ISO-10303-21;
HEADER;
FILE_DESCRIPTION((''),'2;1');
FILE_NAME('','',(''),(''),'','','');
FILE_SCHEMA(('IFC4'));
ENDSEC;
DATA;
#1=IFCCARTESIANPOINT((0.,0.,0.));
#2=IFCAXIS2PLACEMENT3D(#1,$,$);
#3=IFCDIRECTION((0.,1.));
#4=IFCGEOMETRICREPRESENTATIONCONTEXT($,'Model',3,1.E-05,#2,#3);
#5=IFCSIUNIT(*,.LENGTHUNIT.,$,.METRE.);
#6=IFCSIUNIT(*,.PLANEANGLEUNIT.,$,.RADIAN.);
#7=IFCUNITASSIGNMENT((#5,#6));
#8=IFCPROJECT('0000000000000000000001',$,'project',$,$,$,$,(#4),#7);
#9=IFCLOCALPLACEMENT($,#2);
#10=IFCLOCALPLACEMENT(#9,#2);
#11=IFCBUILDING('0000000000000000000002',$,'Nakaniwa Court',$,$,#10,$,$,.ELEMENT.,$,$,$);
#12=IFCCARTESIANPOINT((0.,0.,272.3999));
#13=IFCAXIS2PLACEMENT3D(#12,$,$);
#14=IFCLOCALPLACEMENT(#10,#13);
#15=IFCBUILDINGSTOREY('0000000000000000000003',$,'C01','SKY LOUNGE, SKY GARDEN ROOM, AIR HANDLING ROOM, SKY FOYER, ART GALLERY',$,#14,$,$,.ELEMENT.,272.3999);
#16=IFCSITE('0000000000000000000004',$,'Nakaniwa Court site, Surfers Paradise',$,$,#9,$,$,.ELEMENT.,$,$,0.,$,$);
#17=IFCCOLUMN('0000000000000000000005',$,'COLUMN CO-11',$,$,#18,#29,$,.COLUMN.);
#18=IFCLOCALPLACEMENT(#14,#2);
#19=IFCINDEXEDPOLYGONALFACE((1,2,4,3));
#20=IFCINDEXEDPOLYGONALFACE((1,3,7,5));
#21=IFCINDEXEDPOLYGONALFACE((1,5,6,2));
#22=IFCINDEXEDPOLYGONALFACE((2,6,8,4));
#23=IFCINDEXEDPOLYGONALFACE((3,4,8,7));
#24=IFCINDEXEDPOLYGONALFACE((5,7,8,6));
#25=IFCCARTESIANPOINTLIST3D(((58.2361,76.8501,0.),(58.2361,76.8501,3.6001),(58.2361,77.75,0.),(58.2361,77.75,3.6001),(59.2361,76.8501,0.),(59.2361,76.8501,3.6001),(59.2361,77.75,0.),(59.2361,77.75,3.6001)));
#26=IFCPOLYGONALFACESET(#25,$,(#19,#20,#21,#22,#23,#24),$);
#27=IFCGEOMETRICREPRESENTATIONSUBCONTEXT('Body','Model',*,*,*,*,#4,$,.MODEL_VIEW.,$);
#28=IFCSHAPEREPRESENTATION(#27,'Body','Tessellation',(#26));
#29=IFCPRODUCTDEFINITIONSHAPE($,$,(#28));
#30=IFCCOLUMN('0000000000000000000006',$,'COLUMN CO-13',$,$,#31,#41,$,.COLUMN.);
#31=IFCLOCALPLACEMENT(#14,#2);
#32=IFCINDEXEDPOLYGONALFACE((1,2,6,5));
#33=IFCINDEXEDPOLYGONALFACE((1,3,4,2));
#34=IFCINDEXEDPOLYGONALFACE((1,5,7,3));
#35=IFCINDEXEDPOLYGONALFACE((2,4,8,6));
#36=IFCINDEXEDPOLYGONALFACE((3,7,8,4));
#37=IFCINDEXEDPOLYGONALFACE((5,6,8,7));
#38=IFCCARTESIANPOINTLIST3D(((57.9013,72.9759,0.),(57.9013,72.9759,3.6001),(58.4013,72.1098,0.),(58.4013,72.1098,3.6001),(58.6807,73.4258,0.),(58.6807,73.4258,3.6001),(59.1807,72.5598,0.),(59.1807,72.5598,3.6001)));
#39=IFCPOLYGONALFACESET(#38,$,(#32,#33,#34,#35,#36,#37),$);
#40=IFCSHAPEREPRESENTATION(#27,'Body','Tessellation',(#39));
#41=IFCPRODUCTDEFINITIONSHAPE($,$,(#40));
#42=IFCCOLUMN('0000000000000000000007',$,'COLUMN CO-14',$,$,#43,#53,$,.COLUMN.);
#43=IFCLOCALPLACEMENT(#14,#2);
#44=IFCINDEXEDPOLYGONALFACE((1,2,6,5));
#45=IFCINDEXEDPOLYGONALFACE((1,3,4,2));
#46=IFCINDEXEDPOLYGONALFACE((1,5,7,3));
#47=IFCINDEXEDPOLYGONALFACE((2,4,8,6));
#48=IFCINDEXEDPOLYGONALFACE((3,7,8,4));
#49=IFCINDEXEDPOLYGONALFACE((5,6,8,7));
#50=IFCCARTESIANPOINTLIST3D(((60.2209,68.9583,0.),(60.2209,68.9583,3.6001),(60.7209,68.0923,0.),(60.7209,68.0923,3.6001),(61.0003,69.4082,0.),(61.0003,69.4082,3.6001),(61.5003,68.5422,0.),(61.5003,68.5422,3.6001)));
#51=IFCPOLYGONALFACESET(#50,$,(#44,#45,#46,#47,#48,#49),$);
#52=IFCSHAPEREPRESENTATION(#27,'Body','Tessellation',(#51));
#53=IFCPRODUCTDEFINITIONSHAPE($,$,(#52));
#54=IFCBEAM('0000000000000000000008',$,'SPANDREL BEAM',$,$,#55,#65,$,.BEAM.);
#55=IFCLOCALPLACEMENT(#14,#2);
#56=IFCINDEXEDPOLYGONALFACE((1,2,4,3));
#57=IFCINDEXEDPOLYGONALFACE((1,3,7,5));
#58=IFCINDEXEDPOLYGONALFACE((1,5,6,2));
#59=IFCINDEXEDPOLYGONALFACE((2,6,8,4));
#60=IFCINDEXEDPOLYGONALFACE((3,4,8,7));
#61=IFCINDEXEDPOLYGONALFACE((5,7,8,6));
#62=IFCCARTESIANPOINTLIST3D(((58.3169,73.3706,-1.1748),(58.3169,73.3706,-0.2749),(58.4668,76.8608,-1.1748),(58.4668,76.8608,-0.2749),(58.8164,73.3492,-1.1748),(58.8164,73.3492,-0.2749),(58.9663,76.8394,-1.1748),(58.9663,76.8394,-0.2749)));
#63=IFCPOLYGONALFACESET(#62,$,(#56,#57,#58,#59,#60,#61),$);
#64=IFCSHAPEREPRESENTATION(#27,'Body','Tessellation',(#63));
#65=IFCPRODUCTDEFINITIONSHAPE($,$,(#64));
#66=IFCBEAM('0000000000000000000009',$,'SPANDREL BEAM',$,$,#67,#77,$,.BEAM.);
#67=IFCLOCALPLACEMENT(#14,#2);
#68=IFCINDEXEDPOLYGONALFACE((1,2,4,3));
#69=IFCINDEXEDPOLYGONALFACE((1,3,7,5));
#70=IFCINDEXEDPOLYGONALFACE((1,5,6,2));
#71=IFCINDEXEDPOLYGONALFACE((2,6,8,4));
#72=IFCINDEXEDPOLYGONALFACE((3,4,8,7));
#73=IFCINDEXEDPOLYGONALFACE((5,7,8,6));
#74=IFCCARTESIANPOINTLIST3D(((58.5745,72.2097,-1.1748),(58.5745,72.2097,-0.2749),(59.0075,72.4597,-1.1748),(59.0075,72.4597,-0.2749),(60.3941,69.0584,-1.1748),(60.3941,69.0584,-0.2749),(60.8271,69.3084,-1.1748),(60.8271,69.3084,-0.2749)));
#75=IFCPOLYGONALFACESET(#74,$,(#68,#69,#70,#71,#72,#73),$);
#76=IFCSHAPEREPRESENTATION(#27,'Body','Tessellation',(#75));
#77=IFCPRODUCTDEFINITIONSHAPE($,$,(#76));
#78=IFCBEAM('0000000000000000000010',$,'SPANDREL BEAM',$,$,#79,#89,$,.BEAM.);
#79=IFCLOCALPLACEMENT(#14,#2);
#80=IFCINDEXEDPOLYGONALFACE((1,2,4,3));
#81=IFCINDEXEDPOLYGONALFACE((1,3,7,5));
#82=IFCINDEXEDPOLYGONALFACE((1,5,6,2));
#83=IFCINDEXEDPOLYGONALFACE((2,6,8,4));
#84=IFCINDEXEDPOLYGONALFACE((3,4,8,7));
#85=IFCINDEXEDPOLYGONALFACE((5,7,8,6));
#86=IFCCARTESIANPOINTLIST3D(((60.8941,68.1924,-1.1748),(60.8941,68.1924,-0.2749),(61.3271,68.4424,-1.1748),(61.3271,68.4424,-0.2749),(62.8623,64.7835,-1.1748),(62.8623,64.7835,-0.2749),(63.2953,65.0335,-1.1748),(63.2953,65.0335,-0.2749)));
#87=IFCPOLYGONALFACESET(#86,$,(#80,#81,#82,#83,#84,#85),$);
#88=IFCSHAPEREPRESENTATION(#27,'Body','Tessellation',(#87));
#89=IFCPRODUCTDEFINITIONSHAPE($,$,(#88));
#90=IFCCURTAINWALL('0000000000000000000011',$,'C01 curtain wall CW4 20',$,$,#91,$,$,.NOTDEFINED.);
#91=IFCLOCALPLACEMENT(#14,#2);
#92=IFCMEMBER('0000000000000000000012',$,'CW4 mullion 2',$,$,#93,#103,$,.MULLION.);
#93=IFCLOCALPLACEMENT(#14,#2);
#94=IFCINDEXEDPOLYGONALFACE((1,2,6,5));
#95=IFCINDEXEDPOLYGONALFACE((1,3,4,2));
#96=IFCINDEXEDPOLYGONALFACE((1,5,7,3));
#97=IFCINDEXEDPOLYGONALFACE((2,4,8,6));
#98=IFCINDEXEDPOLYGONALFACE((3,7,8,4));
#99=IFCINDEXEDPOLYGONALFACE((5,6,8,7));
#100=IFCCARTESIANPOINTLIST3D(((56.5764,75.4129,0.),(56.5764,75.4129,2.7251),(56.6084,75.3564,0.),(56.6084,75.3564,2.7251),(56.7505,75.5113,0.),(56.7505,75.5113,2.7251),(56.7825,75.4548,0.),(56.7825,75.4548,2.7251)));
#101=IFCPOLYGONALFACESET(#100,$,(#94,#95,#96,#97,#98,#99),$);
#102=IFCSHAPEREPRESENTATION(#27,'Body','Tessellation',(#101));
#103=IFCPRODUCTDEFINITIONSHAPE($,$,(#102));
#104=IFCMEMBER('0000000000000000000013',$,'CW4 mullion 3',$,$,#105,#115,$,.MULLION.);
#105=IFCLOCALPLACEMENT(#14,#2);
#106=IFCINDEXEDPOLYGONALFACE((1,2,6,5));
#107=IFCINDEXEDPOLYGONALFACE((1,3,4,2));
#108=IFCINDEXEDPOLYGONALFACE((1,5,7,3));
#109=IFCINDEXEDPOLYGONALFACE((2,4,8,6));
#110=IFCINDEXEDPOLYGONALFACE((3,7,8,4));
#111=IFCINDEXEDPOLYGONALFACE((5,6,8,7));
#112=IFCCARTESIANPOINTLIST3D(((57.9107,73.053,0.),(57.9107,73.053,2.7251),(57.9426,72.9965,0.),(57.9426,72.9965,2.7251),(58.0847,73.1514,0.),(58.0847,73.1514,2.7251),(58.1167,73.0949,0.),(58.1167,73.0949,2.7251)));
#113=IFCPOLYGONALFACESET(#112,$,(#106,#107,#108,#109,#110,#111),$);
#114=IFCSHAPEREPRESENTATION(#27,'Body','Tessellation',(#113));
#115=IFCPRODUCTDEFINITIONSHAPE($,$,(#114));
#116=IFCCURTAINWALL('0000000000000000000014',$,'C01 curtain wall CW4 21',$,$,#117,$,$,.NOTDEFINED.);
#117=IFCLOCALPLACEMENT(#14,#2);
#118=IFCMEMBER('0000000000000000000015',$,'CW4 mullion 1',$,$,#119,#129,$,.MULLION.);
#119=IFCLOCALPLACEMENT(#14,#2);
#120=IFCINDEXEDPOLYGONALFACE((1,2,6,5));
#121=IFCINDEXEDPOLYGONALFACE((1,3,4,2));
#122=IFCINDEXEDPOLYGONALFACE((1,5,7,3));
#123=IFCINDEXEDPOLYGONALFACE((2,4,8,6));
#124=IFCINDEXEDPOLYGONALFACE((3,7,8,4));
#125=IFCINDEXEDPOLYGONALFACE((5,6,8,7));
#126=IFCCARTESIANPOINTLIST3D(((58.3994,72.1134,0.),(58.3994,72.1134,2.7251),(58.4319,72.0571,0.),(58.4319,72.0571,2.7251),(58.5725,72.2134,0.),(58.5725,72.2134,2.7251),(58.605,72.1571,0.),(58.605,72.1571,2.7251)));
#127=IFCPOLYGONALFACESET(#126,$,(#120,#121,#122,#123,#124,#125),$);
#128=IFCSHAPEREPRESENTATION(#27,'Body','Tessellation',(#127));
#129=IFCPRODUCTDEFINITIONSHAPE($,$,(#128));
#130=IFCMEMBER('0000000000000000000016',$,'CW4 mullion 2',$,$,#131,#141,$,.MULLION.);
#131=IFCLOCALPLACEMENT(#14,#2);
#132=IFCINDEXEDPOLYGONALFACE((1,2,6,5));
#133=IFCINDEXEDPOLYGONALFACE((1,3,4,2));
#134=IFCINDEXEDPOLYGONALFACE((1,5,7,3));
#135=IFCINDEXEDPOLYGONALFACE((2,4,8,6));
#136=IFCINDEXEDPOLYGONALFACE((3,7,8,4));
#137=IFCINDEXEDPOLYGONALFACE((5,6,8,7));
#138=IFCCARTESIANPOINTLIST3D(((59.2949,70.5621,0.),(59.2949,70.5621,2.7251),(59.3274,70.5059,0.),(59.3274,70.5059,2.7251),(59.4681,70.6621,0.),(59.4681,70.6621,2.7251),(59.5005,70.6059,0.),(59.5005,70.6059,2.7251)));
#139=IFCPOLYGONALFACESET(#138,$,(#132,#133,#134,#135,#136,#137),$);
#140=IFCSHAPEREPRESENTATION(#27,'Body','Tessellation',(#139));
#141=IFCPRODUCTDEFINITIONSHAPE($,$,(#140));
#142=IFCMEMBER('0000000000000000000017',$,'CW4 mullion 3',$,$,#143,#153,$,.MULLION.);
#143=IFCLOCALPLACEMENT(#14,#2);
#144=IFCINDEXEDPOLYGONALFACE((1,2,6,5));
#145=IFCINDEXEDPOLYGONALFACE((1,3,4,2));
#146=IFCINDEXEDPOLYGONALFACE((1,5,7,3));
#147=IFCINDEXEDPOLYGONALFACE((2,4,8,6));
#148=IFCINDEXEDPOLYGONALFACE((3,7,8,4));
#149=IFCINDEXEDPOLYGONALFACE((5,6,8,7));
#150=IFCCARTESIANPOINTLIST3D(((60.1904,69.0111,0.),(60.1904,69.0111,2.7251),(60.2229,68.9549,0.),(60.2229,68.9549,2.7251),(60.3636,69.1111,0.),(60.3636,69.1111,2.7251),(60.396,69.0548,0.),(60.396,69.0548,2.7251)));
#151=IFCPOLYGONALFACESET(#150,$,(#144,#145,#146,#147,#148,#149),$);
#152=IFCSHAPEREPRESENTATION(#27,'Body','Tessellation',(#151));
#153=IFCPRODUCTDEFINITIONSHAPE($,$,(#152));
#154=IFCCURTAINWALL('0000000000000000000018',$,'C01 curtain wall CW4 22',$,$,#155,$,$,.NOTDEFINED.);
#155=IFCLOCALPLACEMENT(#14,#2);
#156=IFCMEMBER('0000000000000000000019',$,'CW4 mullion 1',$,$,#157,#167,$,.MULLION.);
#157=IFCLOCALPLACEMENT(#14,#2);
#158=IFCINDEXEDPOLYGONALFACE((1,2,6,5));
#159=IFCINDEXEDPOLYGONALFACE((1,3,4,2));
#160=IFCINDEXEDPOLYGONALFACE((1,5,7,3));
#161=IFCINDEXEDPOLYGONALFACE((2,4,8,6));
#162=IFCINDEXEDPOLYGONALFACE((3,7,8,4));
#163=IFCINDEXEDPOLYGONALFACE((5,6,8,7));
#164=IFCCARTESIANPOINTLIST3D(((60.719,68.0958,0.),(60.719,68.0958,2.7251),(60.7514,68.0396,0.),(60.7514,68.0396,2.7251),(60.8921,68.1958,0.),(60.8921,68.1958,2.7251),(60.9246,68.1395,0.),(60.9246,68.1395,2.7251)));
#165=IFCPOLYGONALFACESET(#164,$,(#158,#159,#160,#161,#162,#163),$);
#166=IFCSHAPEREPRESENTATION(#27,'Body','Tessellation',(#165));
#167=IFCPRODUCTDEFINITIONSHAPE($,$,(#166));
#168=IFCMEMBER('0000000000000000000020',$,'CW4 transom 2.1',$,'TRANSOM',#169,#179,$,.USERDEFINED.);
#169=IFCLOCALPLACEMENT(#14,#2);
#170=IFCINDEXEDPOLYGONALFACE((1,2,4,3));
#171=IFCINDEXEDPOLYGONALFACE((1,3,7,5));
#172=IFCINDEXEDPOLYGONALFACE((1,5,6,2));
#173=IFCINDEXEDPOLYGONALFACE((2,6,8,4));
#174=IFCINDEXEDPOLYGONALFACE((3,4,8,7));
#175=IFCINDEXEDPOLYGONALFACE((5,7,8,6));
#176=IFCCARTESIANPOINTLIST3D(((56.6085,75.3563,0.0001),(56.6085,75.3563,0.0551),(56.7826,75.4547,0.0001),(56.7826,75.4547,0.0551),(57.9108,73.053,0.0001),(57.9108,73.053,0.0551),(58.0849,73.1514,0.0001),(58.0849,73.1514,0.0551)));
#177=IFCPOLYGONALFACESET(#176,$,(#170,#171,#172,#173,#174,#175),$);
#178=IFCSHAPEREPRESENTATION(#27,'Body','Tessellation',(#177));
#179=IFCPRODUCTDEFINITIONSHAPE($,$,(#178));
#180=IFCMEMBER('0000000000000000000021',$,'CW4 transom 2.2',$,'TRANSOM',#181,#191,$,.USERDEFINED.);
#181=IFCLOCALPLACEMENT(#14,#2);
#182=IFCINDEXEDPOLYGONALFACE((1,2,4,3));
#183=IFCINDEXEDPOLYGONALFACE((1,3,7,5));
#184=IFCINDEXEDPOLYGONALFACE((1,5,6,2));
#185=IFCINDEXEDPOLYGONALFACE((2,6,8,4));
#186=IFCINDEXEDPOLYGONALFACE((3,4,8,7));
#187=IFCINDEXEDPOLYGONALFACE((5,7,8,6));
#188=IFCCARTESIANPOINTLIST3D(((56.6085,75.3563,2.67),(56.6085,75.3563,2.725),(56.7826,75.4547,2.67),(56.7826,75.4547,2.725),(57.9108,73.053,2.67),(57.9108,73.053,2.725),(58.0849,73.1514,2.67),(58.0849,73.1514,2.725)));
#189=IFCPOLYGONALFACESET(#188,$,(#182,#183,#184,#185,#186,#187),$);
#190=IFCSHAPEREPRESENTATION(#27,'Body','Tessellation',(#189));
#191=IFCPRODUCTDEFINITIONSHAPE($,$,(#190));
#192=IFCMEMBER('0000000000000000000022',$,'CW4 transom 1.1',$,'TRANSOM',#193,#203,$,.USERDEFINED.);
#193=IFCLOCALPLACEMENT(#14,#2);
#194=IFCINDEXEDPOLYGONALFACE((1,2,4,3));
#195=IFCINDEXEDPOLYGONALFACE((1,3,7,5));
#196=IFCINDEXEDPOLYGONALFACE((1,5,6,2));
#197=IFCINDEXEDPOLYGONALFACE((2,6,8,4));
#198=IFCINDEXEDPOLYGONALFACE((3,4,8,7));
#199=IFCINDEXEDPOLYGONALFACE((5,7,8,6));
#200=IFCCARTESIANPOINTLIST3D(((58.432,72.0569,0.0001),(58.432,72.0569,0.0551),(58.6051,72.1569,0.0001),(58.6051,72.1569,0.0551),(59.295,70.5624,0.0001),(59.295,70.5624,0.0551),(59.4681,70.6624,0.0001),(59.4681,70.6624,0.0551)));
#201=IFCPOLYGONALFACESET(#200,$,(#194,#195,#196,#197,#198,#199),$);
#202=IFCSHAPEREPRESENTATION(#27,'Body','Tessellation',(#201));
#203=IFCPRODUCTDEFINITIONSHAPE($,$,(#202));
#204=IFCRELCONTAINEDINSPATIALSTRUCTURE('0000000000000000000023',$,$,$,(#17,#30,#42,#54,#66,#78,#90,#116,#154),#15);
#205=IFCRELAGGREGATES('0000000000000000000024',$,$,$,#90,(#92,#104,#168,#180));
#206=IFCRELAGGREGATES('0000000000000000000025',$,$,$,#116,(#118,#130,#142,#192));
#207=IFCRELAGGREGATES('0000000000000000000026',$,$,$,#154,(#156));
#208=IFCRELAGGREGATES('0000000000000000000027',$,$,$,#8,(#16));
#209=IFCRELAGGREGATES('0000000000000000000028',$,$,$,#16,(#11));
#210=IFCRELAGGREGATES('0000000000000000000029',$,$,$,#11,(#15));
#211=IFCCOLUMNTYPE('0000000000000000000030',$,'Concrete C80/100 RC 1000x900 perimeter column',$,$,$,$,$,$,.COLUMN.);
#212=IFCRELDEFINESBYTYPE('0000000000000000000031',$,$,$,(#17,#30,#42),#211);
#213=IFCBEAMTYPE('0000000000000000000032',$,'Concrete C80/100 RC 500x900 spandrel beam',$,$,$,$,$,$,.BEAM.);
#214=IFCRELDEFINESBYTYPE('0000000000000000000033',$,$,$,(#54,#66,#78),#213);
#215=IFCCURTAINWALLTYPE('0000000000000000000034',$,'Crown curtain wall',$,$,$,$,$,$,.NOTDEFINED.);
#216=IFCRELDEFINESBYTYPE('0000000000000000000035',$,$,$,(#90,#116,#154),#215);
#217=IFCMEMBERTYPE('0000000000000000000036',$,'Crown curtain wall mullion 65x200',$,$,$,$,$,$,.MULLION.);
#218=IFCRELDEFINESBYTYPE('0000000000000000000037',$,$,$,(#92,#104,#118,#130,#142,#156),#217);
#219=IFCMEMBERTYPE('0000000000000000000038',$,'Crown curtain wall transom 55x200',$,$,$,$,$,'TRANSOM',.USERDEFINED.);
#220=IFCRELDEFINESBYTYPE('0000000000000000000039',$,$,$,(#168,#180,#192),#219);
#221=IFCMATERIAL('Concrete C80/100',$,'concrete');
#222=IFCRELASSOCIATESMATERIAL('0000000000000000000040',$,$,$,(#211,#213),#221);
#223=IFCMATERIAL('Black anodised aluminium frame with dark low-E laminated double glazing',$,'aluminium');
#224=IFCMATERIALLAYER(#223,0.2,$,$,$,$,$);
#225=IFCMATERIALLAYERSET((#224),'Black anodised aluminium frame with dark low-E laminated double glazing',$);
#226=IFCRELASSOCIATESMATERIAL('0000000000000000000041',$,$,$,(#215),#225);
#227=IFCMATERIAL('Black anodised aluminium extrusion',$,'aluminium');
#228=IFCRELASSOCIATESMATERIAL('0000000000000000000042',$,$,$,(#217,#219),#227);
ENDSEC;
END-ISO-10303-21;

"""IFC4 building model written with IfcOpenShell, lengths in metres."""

from ifc_helpers import new_model, si_unit, direction, frame, origin, origin_2d, place, context, subcontext, project, spatial, rectangle, extrude, material, layer, layer_set, material_profile, profile_set, type_object, element, aggregate, save


model = new_model("IFC4")

# Units and contexts
model_context = context("Model", 3, precision=1e-05, world=origin(), true_north=direction((0.0, 1.0)))
body_context = subcontext(model_context, "Body", "Model", "MODEL_VIEW")
ifc_project = project(units=[si_unit("LENGTHUNIT", "METRE"), si_unit("PLANEANGLEUNIT", "RADIAN")], contexts=[model_context])

# Site, building, storey
site_placement = place(None, origin())
site = spatial("IfcSite", under=ifc_project, at=site_placement, Name="Nakaniwa Court site, Surfers Paradise", CompositionType="ELEMENT", RefElevation=0.0)
building_placement = place(site_placement, origin())
building = spatial("IfcBuilding", under=site, at=building_placement, Name="Nakaniwa Court", CompositionType="ELEMENT")
storey_placement = place(building_placement, frame((0.0, 0.0, 272.3999)))
storey = spatial("IfcBuildingStorey", under=building, at=storey_placement, Name="C01", Description="SKY LOUNGE, SKY GARDEN ROOM, AIR HANDLING ROOM, SKY FOYER, ART GALLERY", CompositionType="ELEMENT", Elevation=272.3999)

# Columns
ifc_material_1 = material(Name="Concrete C80/100", Category="concrete")
ifc_material_profile_1 = material_profile(ifc_material_1, rectangle(XDim=1.0, YDim=0.8999, at=origin_2d()), Name="Concrete C80/100 RC 1000x900 perimeter column")
ifc_profile_set_1 = profile_set([ifc_material_profile_1], Name="Concrete C80/100")
column_type = type_object("IfcColumnType", Name="Concrete C80/100 RC 1000x900 perimeter column", PredefinedType="COLUMN", material=ifc_profile_set_1)
for number, where, z_axis, x_axis, name in (
    (1, (58.7361, 77.3, 0.0), (0.0, 0.0, 1.0), (-1.0, 0.0, 0.0), "COLUMN CO-11"),
    (2, (58.541, 72.7678, 0.0), (0.0, 0.0, 1.0), (0.5, -0.866025, 0.0), "COLUMN CO-13"),
    (3, (60.8606, 68.7502, 0.0), (0.0, 0.0, 1.0), (0.5, -0.866025, 0.0), "COLUMN CO-14"),
):
    element("IfcColumn", number, at=place(storey_placement, frame(where, z_axis=z_axis, x_axis=x_axis)), inside=storey, type_object=column_type, Name=name, PredefinedType="COLUMN", context=body_context, shape_type="SweptSolid", body=[
        extrude(rectangle(XDim=1.0, YDim=0.8999, at=origin_2d()), origin(), (0.0, 0.0, 1.0), 3.6001),
    ])

# Beams
ifc_material_profile_2 = material_profile(ifc_material_1, rectangle(XDim=0.5, YDim=0.8999, at=origin_2d()), Name="Concrete C80/100 RC 500x900 spandrel beam")
ifc_profile_set_2 = profile_set([ifc_material_profile_2], Name="Concrete C80/100")
beam_type = type_object("IfcBeamType", Name="Concrete C80/100 RC 500x900 spandrel beam", PredefinedType="BEAM", material=ifc_profile_set_2)
beam_1_placement = place(storey_placement, frame((58.7166, 76.8501, -0.7249), z_axis=(-0.04291, -0.999079, 0.0), x_axis=(0.999079, -0.04291, 0.0)))
element("IfcBeam", 4, at=beam_1_placement, inside=storey, type_object=beam_type, Name="SPANDREL BEAM", PredefinedType="BEAM", context=body_context, shape_type="SweptSolid", body=[
    extrude(rectangle(XDim=0.5, YDim=0.8999, at=origin_2d()), origin(), (0.0, 0.0, 1.0), 3.4934),
])
beam_2_placement = place(storey_placement, frame((58.791, 72.3347, -0.7249), z_axis=(0.500028, -0.866009, 0.0), x_axis=(0.866009, 0.500028, 0.0)))
element("IfcBeam", 5, at=beam_2_placement, inside=storey, type_object=beam_type, Name="SPANDREL BEAM", PredefinedType="BEAM", context=body_context, shape_type="SweptSolid", body=[
    extrude(rectangle(XDim=0.5, YDim=0.8999, at=origin_2d()), origin(), (0.0, 0.0, 1.0), 3.6389),
])
beam_3_placement = place(storey_placement, frame((61.1106, 68.3174, -0.7249), z_axis=(0.500021, -0.866013, 0.0), x_axis=(0.866013, 0.500021, 0.0)))
element("IfcBeam", 6, at=beam_3_placement, inside=storey, type_object=beam_type, Name="SPANDREL BEAM", PredefinedType="BEAM", context=body_context, shape_type="SweptSolid", body=[
    extrude(rectangle(XDim=0.5, YDim=0.8999, at=origin_2d()), origin(), (0.0, 0.0, 1.0), 3.9363),
])

# Curtain walls, members
ifc_material_2 = material(Name="Black anodised aluminium frame with dark low-E laminated double glazing", Category="aluminium")
ifc_layer_1 = layer(ifc_material_2, 0.2)
ifc_layer_set_1 = layer_set([ifc_layer_1], Name="Black anodised aluminium frame with dark low-E laminated double glazing")
curtain_wall_type = type_object("IfcCurtainWallType", Name="Crown curtain wall", PredefinedType="NOTDEFINED", material=ifc_layer_set_1)
curtain_wall_1_placement = place(storey_placement, origin())
curtain_wall_1 = element("IfcCurtainWall", 7, at=curtain_wall_1_placement, inside=storey, type_object=curtain_wall_type, Name="C01 curtain wall CW4 20", PredefinedType="NOTDEFINED")
ifc_material_3 = material(Name="Black anodised aluminium extrusion", Category="aluminium")
ifc_material_profile_3 = material_profile(ifc_material_3, rectangle(XDim=0.2, YDim=0.0649, at=origin_2d()), Name="Crown curtain wall mullion 65x200")
ifc_profile_set_3 = profile_set([ifc_material_profile_3], Name="Black anodised aluminium extrusion")
member_type_1 = type_object("IfcMemberType", Name="Crown curtain wall mullion 65x200", PredefinedType="MULLION", material=ifc_profile_set_3)
member_1_placement = place(storey_placement, frame((56.6794, 75.4338, 0.0), z_axis=(0.0, 0.0, 1.0), x_axis=(0.870495, 0.492177, 0.0)))
member_1 = element("IfcMember", 8, at=member_1_placement, type_object=member_type_1, Name="CW4 mullion 2", PredefinedType="MULLION", context=body_context, shape_type="SweptSolid", body=[
    extrude(rectangle(XDim=0.2, YDim=0.0649, at=origin_2d()), origin(), (0.0, 0.0, 1.0), 2.7251),
])
member_2_placement = place(storey_placement, frame((58.0137, 73.074, 0.0), z_axis=(0.0, 0.0, 1.0), x_axis=(0.870495, 0.492177, 0.0)))
member_2 = element("IfcMember", 9, at=member_2_placement, type_object=member_type_1, Name="CW4 mullion 3", PredefinedType="MULLION", context=body_context, shape_type="SweptSolid", body=[
    extrude(rectangle(XDim=0.2, YDim=0.0649, at=origin_2d()), origin(), (0.0, 0.0, 1.0), 2.7251),
])
curtain_wall_2_placement = place(storey_placement, origin())
curtain_wall_2 = element("IfcCurtainWall", 10, at=curtain_wall_2_placement, inside=storey, type_object=curtain_wall_type, Name="C01 curtain wall CW4 21", PredefinedType="NOTDEFINED")
member_3_placement = place(storey_placement, frame((58.5022, 72.1353, 0.0), z_axis=(0.0, 0.0, 1.0), x_axis=(0.866033, 0.499987, 0.0)))
member_3 = element("IfcMember", 11, at=member_3_placement, type_object=member_type_1, Name="CW4 mullion 1", PredefinedType="MULLION", context=body_context, shape_type="SweptSolid", body=[
    extrude(rectangle(XDim=0.2, YDim=0.0649, at=origin_2d()), origin(), (0.0, 0.0, 1.0), 2.7251),
])
member_4_placement = place(storey_placement, frame((59.3977, 70.584, 0.0), z_axis=(0.0, 0.0, 1.0), x_axis=(0.866033, 0.499987, 0.0)))
member_4 = element("IfcMember", 12, at=member_4_placement, type_object=member_type_1, Name="CW4 mullion 2", PredefinedType="MULLION", context=body_context, shape_type="SweptSolid", body=[
    extrude(rectangle(XDim=0.2, YDim=0.0649, at=origin_2d()), origin(), (0.0, 0.0, 1.0), 2.7251),
])
member_5_placement = place(storey_placement, frame((60.2932, 69.033, 0.0), z_axis=(0.0, 0.0, 1.0), x_axis=(0.866033, 0.499987, 0.0)))
member_5 = element("IfcMember", 13, at=member_5_placement, type_object=member_type_1, Name="CW4 mullion 3", PredefinedType="MULLION", context=body_context, shape_type="SweptSolid", body=[
    extrude(rectangle(XDim=0.2, YDim=0.0649, at=origin_2d()), origin(), (0.0, 0.0, 1.0), 2.7251),
])

# Curtain wall, member
curtain_wall_3_placement = place(storey_placement, origin())
curtain_wall_3 = element("IfcCurtainWall", 14, at=curtain_wall_3_placement, inside=storey, type_object=curtain_wall_type, Name="C01 curtain wall CW4 22", PredefinedType="NOTDEFINED")
member_6_placement = place(storey_placement, frame((60.8218, 68.1177, 0.0), z_axis=(0.0, 0.0, 1.0), x_axis=(0.866016, 0.500017, 0.0)))
member_6 = element("IfcMember", 15, at=member_6_placement, type_object=member_type_1, Name="CW4 mullion 1", PredefinedType="MULLION", context=body_context, shape_type="SweptSolid", body=[
    extrude(rectangle(XDim=0.2, YDim=0.0649, at=origin_2d()), origin(), (0.0, 0.0, 1.0), 2.7251),
])

# Members
ifc_material_profile_4 = material_profile(ifc_material_3, rectangle(XDim=0.2, YDim=0.0549, at=origin_2d()), Name="Crown curtain wall transom 55x200")
ifc_profile_set_4 = profile_set([ifc_material_profile_4], Name="Black anodised aluminium extrusion")
member_type_2 = type_object("IfcMemberType", Name="Crown curtain wall transom 55x200", ElementType="TRANSOM", PredefinedType="USERDEFINED", material=ifc_profile_set_4)
member_7_placement = place(storey_placement, frame((56.6956, 75.4055, 0.0276), z_axis=(0.492179, -0.870494, 0.0), x_axis=(0.870494, 0.492179, 0.0)))
member_7 = element("IfcMember", 16, at=member_7_placement, type_object=member_type_2, Name="CW4 transom 2.1", ObjectType="TRANSOM", PredefinedType="USERDEFINED", context=body_context, shape_type="SweptSolid", body=[
    extrude(rectangle(XDim=0.2, YDim=0.0549, at=origin_2d()), origin(), (0.0, 0.0, 1.0), 2.646),
])
member_8_placement = place(storey_placement, frame((56.6956, 75.4055, 2.6975), z_axis=(0.492179, -0.870494, 0.0), x_axis=(0.870494, 0.492179, 0.0)))
member_8 = element("IfcMember", 17, at=member_8_placement, type_object=member_type_2, Name="CW4 transom 2.2", ObjectType="TRANSOM", PredefinedType="USERDEFINED", context=body_context, shape_type="SweptSolid", body=[
    extrude(rectangle(XDim=0.2, YDim=0.0549, at=origin_2d()), origin(), (0.0, 0.0, 1.0), 2.646),
])
member_9_placement = place(storey_placement, frame((58.5186, 72.1069, 0.0276), z_axis=(0.500049, -0.865997, 0.0), x_axis=(0.865997, 0.500049, 0.0)))
member_9 = element("IfcMember", 18, at=member_9_placement, type_object=member_type_2, Name="CW4 transom 1.1", ObjectType="TRANSOM", PredefinedType="USERDEFINED", context=body_context, shape_type="SweptSolid", body=[
    extrude(rectangle(XDim=0.2, YDim=0.0549, at=origin_2d()), origin(), (0.0, 0.0, 1.0), 1.7258),
])

aggregate(curtain_wall_1, [member_1, member_2, member_7, member_8])
aggregate(curtain_wall_2, [member_3, member_4, member_5, member_9])
aggregate(curtain_wall_3, [member_6])

save(model, "model.ifc")
